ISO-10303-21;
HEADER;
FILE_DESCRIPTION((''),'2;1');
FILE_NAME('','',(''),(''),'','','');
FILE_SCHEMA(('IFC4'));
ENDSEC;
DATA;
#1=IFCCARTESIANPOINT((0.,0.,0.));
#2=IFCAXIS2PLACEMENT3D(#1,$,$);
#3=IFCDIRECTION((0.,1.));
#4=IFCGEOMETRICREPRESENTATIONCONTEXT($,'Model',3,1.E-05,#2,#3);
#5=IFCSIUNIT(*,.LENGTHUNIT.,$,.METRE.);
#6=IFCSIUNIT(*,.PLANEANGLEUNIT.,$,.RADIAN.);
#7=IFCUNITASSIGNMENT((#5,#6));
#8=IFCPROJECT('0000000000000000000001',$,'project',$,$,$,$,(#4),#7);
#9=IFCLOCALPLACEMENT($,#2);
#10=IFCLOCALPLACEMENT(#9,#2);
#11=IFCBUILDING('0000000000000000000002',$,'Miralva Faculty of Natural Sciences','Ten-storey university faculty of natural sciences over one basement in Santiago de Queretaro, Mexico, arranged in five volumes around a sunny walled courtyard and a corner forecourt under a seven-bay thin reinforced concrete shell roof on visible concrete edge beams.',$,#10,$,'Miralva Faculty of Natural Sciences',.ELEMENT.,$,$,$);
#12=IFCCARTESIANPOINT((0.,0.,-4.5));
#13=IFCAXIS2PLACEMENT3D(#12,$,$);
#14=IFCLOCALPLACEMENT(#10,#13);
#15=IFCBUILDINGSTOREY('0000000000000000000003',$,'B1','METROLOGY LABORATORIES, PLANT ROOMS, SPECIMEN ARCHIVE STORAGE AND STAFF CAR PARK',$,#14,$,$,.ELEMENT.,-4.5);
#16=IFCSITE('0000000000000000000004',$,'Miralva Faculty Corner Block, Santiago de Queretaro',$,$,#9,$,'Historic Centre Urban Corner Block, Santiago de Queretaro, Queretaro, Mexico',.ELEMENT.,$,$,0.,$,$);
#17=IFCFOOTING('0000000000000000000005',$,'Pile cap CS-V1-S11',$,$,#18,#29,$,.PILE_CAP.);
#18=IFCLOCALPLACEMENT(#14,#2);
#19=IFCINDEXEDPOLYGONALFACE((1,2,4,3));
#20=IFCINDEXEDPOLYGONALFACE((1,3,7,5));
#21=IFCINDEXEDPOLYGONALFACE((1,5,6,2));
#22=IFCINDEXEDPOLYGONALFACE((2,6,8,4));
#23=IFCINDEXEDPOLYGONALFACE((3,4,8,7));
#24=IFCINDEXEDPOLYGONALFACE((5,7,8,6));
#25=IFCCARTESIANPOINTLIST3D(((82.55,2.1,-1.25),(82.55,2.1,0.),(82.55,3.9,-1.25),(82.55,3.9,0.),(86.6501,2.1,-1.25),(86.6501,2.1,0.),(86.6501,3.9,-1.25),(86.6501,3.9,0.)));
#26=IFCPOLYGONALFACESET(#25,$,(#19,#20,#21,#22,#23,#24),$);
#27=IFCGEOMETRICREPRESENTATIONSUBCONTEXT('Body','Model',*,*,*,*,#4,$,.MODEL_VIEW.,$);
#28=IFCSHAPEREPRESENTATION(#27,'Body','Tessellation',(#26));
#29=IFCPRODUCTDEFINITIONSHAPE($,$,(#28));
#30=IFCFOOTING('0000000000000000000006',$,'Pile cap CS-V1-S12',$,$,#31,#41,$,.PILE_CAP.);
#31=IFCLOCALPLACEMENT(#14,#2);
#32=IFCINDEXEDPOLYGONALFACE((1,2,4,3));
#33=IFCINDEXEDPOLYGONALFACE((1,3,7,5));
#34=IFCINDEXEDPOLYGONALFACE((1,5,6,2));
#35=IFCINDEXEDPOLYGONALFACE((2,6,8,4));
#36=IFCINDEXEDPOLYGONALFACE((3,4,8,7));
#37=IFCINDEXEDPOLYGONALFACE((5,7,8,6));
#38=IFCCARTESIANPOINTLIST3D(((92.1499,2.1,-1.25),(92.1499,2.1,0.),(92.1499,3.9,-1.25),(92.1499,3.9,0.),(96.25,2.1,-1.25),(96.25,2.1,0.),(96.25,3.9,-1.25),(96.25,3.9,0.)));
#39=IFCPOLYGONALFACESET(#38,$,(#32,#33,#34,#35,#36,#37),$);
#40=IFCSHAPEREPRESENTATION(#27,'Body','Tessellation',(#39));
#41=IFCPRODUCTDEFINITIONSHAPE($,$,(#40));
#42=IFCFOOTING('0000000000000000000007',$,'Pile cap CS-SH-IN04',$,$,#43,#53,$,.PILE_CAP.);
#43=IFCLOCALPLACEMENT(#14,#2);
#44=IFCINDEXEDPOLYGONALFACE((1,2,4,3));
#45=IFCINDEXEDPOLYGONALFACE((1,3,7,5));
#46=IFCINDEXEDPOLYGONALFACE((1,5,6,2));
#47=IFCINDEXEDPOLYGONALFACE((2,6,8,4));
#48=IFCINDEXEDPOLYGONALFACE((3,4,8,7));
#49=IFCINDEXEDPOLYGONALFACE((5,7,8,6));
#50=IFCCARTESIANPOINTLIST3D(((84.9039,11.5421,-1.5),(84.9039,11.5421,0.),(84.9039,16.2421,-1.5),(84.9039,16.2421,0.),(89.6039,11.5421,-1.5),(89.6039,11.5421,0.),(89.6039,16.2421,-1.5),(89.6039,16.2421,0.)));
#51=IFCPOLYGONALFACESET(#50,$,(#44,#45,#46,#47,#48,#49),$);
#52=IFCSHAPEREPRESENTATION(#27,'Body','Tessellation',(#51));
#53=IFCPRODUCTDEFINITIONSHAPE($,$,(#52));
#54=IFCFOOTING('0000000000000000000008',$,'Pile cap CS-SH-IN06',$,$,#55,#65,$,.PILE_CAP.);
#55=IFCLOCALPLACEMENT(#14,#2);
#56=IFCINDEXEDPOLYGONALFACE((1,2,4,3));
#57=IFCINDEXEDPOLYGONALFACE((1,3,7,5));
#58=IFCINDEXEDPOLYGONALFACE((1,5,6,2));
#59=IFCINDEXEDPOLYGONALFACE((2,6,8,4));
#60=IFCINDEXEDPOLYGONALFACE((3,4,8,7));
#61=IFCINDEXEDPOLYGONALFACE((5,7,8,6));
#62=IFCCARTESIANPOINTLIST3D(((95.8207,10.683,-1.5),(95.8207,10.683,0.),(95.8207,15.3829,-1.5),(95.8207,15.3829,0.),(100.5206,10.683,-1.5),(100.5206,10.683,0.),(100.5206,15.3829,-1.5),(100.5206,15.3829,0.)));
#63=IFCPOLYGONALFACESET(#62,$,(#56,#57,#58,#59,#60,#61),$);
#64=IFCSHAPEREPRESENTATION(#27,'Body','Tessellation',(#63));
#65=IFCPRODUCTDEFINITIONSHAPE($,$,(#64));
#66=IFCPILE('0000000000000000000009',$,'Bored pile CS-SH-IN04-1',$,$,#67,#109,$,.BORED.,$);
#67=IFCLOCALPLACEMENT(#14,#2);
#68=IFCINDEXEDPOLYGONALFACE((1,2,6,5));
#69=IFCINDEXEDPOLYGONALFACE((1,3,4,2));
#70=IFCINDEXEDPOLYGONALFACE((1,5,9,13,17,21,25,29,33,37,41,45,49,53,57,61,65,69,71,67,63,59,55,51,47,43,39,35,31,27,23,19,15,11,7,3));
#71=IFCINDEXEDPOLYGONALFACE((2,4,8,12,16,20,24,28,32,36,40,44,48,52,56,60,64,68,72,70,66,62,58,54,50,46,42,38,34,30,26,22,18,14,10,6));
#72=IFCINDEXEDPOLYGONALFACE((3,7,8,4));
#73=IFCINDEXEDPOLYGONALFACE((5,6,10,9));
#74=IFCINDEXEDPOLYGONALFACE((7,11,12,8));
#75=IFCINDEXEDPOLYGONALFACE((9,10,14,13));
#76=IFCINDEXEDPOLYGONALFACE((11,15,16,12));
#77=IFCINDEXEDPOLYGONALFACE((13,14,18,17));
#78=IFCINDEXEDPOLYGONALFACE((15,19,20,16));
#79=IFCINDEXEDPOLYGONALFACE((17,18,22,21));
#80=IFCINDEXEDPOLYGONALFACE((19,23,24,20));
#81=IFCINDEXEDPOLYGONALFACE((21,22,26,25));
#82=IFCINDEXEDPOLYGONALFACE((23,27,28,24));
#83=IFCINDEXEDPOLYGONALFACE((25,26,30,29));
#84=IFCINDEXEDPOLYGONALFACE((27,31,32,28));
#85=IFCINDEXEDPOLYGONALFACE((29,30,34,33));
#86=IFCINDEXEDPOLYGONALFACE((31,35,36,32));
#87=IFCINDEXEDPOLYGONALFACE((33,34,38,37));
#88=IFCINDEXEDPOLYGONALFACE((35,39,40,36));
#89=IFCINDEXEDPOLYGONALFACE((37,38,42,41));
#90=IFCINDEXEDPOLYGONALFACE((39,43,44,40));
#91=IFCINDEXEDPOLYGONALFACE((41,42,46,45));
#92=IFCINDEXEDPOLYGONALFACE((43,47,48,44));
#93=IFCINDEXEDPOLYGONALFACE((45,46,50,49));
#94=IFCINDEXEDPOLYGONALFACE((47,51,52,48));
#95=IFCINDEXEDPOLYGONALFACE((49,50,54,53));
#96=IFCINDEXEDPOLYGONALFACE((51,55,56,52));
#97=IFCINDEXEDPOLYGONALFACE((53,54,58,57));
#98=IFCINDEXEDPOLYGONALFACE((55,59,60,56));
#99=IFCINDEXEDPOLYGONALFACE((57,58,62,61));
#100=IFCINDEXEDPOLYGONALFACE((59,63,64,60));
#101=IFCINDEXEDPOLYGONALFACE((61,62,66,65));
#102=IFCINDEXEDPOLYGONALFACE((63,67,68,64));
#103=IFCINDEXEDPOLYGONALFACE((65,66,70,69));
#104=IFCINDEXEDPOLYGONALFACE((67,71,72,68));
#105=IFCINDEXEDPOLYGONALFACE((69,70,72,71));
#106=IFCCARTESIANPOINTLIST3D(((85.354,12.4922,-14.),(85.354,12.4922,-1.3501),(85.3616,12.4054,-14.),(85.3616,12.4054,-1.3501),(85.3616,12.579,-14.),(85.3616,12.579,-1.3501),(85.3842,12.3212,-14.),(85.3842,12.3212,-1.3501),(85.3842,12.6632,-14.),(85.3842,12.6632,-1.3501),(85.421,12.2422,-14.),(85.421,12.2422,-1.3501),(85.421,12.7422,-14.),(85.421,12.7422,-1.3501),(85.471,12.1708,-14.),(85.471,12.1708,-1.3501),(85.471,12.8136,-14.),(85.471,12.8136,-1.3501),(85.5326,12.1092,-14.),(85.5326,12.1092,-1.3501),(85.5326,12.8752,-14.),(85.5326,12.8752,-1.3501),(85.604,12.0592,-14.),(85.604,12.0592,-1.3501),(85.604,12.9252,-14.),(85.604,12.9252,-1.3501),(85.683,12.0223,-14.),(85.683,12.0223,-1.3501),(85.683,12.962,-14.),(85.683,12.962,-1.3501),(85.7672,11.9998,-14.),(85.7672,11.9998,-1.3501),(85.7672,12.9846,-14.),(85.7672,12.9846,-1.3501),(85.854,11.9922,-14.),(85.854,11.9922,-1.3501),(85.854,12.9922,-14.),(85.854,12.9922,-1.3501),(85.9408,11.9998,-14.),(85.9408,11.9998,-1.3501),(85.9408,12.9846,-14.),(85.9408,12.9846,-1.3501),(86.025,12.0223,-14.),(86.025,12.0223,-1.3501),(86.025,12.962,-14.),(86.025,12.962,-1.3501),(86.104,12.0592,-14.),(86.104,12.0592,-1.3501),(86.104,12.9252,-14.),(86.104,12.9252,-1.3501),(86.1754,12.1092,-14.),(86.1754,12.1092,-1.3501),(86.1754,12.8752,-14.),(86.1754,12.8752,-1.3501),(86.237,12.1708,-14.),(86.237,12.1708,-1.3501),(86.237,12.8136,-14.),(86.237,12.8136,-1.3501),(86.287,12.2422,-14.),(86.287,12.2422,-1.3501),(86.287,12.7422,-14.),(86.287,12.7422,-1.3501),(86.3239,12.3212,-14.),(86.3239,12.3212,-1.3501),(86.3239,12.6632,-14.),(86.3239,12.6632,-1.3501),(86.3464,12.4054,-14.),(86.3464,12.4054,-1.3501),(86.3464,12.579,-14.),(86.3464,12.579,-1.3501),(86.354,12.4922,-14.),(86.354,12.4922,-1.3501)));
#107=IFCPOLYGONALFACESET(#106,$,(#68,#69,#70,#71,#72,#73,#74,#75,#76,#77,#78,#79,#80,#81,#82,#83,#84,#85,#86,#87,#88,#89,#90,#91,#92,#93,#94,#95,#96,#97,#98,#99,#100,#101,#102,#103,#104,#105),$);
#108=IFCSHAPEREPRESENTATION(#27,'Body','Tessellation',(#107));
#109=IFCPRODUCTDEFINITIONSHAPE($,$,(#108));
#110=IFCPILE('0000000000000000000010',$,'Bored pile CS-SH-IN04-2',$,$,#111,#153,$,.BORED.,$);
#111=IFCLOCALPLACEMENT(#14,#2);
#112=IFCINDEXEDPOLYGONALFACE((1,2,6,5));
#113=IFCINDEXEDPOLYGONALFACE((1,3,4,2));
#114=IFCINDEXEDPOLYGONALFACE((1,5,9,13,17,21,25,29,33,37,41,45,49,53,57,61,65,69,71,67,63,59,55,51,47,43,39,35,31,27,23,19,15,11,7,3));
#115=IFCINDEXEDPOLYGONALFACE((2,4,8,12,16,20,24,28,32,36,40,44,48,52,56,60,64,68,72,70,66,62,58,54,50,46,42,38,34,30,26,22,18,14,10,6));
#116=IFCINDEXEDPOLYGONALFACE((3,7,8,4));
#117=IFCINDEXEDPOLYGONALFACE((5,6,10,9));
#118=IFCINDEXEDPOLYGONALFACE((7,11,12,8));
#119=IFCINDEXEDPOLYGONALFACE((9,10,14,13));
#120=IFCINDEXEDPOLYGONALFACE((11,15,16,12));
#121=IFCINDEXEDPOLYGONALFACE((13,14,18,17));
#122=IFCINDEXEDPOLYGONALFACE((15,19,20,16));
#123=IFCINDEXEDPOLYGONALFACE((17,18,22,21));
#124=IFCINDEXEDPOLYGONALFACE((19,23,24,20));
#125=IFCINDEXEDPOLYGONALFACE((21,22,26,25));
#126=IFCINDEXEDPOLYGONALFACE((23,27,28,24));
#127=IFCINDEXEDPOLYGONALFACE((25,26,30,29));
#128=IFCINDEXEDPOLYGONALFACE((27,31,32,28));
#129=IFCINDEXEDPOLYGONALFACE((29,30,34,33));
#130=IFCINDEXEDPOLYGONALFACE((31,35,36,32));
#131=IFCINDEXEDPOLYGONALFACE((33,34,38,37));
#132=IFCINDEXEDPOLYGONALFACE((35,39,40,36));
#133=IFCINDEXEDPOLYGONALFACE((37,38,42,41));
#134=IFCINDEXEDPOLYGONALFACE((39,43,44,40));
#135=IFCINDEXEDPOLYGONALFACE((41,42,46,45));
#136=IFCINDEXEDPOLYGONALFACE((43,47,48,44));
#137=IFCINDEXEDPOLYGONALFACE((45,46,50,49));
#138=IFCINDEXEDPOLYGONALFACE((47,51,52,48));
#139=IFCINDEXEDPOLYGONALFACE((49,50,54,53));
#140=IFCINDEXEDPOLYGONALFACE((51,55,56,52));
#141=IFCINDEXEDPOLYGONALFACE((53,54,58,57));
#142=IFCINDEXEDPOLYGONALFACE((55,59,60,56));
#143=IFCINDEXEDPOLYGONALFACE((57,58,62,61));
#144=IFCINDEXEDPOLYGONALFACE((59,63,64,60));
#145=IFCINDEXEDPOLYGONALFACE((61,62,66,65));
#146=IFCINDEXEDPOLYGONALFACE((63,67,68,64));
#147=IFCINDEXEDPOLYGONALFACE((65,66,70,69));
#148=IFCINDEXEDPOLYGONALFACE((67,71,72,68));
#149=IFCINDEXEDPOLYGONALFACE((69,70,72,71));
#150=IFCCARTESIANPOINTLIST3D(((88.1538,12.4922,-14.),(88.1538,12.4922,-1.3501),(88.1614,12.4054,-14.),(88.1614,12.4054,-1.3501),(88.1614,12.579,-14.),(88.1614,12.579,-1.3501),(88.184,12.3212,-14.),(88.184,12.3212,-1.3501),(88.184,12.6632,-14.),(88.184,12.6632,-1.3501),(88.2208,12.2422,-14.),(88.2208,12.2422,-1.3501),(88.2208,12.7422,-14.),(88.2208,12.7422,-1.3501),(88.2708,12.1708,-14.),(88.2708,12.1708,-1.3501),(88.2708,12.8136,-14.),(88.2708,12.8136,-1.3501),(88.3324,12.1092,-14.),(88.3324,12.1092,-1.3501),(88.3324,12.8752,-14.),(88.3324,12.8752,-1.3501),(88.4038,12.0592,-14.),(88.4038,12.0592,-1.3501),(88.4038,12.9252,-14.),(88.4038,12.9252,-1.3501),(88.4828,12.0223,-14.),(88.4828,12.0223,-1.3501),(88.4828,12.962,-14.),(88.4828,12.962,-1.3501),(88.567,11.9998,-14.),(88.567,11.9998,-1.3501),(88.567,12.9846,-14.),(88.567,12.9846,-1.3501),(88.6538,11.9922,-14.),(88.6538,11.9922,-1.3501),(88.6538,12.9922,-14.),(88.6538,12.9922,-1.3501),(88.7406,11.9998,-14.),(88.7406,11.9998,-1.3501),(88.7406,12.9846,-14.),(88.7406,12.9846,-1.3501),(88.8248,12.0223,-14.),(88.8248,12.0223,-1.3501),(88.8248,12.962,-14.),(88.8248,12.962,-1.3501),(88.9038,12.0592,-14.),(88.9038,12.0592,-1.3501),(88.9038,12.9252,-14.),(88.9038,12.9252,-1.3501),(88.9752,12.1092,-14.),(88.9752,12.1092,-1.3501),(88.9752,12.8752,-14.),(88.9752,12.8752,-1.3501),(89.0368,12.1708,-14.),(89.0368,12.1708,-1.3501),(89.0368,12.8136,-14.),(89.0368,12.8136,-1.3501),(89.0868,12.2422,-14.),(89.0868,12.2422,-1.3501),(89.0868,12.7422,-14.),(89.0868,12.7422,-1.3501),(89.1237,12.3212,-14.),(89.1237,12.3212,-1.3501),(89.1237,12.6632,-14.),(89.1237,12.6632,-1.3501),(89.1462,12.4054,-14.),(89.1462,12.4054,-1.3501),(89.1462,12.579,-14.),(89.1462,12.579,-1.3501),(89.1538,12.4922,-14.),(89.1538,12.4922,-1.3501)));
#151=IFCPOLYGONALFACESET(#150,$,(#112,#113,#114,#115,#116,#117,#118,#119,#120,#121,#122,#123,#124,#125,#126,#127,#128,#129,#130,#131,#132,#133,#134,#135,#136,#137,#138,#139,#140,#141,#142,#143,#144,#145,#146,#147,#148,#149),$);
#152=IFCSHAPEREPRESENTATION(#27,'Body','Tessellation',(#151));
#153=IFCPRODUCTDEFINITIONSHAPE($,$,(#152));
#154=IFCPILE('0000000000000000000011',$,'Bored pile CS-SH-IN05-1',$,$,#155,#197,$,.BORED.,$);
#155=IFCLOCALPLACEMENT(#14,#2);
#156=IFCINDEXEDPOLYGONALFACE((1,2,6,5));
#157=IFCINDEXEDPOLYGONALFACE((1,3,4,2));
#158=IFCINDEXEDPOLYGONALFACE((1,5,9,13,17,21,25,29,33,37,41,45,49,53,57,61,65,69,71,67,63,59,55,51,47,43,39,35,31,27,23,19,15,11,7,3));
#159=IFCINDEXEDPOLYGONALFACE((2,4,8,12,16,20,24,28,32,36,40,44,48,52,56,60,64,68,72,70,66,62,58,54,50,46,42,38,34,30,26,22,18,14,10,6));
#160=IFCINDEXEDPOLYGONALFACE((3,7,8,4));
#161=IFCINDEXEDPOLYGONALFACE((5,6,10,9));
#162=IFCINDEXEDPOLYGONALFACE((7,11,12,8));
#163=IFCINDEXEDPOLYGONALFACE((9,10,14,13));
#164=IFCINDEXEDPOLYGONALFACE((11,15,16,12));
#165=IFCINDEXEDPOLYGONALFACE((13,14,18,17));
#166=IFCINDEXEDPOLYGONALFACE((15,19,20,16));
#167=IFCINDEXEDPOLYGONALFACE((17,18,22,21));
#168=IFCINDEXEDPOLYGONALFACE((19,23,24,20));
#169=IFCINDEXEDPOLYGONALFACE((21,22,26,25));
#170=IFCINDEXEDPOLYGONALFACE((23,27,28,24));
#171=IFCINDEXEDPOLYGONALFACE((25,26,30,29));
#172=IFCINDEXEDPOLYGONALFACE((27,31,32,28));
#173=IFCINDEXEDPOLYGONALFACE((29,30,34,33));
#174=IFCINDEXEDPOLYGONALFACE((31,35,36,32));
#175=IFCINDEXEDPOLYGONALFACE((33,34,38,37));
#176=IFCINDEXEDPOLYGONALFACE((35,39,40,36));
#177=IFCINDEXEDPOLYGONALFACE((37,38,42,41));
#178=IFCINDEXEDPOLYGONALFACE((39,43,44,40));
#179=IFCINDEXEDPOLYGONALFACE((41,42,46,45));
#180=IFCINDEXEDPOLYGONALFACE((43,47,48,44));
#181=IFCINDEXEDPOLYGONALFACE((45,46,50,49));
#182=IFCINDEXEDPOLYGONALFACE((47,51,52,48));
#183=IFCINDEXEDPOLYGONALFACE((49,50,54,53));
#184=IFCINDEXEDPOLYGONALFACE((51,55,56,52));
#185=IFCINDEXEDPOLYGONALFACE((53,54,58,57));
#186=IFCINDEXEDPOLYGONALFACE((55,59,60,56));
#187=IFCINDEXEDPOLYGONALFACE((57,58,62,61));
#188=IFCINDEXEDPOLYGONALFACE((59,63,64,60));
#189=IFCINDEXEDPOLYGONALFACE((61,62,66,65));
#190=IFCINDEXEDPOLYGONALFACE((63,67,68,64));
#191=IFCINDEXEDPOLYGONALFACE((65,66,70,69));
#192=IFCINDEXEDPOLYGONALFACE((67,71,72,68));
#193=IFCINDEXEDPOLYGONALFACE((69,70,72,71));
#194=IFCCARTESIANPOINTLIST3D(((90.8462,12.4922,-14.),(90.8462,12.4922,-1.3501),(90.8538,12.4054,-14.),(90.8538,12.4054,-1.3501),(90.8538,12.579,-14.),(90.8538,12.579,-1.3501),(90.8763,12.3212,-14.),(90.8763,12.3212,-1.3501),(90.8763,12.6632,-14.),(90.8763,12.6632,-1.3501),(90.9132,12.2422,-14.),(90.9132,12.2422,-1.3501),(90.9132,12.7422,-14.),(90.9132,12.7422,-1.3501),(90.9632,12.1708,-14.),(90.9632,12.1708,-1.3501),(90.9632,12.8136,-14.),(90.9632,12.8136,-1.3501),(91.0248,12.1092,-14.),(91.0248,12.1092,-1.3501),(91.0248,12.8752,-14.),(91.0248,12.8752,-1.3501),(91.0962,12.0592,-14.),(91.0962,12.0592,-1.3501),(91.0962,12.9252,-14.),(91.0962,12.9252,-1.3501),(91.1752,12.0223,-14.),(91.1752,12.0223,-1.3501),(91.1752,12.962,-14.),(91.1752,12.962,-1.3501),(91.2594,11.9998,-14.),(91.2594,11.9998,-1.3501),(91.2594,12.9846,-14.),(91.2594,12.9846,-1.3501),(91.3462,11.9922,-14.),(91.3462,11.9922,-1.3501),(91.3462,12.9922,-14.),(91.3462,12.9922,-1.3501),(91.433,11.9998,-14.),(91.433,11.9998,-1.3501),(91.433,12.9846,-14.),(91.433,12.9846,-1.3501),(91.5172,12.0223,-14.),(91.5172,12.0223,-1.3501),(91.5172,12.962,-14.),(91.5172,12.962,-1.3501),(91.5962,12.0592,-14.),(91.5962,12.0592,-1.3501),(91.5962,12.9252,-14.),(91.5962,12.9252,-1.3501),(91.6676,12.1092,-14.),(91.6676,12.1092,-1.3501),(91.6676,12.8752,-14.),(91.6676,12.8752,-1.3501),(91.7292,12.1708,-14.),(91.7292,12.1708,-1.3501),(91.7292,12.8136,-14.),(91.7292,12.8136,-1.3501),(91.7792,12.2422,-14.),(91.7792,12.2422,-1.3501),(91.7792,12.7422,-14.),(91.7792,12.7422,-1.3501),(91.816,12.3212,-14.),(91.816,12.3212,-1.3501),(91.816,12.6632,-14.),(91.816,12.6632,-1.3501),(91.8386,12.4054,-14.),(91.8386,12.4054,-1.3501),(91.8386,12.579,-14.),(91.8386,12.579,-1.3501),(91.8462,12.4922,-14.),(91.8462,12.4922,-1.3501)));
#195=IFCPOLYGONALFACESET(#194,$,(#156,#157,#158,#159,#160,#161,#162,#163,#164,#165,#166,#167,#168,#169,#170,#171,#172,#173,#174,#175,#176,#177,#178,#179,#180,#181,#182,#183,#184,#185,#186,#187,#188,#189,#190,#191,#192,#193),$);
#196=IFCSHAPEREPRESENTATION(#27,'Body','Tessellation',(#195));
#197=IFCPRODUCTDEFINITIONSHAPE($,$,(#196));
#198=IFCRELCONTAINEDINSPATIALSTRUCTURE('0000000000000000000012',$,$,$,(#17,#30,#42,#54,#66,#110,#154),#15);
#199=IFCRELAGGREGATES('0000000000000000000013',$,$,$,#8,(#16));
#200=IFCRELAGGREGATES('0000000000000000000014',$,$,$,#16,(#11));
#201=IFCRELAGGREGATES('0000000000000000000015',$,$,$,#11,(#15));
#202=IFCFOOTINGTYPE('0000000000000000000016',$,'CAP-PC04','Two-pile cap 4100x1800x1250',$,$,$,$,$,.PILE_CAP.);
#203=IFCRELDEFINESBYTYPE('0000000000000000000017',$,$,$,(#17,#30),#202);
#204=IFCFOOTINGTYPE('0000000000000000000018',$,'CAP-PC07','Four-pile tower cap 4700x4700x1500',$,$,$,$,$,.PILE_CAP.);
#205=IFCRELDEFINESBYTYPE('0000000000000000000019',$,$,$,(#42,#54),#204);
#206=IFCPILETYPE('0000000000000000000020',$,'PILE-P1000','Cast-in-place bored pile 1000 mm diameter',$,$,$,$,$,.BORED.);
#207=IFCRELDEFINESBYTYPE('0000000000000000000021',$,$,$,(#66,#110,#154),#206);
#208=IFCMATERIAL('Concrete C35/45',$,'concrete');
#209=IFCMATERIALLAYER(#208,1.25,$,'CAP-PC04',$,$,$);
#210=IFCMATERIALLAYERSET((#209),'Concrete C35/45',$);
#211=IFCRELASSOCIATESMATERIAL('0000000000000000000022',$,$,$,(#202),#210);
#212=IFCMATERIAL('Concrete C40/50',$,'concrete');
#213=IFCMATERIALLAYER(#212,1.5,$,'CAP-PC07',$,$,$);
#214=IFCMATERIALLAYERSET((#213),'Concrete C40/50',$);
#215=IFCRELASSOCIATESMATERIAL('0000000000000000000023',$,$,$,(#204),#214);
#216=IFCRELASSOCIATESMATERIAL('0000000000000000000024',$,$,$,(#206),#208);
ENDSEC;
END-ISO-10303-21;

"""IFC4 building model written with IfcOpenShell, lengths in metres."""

from ifc_helpers import new_model, si_unit, direction, frame, origin, origin_2d, place, context, subcontext, project, spatial, rectangle, circle, extrude, material, layer, layer_set, material_profile, profile_set, type_object, element, save


model = new_model("IFC4")

# Units and contexts
model_context = context("Model", 3, precision=1e-05, world=origin(), true_north=direction((0.0, 1.0)))
body_context = subcontext(model_context, "Body", "Model", "MODEL_VIEW")
ifc_project = project(units=[si_unit("LENGTHUNIT", "METRE"), si_unit("PLANEANGLEUNIT", "RADIAN")], contexts=[model_context])

# Site, building, storey
site_placement = place(None, origin())
site = spatial("IfcSite", under=ifc_project, at=site_placement, Name="Miralva Faculty Corner Block, Santiago de Queretaro", LongName="Historic Centre Urban Corner Block, Santiago de Queretaro, Queretaro, Mexico", CompositionType="ELEMENT", RefElevation=0.0)
building_placement = place(site_placement, origin())
building = spatial("IfcBuilding", under=site, at=building_placement, Name="Miralva Faculty of Natural Sciences", Description="Ten-storey university faculty of natural sciences over one basement in Santiago de Queretaro, Mexico, arranged in five volumes around a sunny walled courtyard and a corner forecourt under a seven-bay thin reinforced concrete shell roof on visible concrete edge beams.", LongName="Miralva Faculty of Natural Sciences", CompositionType="ELEMENT")
storey_placement = place(building_placement, frame((0.0, 0.0, -4.5)))
storey = spatial("IfcBuildingStorey", under=building, at=storey_placement, Name="B1", Description="METROLOGY LABORATORIES, PLANT ROOMS, SPECIMEN ARCHIVE STORAGE AND STAFF CAR PARK", CompositionType="ELEMENT", Elevation=-4.5)

# Footings
ifc_material_1 = material(Name="Concrete C35/45", Category="concrete")
ifc_layer_1 = layer(ifc_material_1, 1.25, Name="CAP-PC04")
ifc_layer_set_1 = layer_set([ifc_layer_1], Name="Concrete C35/45")
footing_type_1 = type_object("IfcFootingType", Name="CAP-PC04", Description="Two-pile cap 4100x1800x1250", PredefinedType="PILE_CAP", material=ifc_layer_set_1)
for number, where, z_axis, x_axis, name in (
    (1, (84.6001, 3.0, -1.25), (0.0, 0.0, 1.0), (1.0, 0.0, 0.0), "Pile cap CS-V1-S11"),
    (2, (94.2, 3.0, -1.25), (0.0, 0.0, 1.0), (1.0, 0.0, 0.0), "Pile cap CS-V1-S12"),
):
    element("IfcFooting", number, at=place(storey_placement, frame(where, z_axis=z_axis, x_axis=x_axis)), inside=storey, type_object=footing_type_1, Name=name, PredefinedType="PILE_CAP", context=body_context, shape_type="SweptSolid", body=[
        extrude(rectangle(XDim=4.1001, YDim=1.8, at=origin_2d()), origin(), (0.0, 0.0, 1.0), 1.25),
    ])
ifc_material_2 = material(Name="Concrete C40/50", Category="concrete")
ifc_layer_2 = layer(ifc_material_2, 1.5, Name="CAP-PC07")
ifc_layer_set_2 = layer_set([ifc_layer_2], Name="Concrete C40/50")
footing_type_2 = type_object("IfcFootingType", Name="CAP-PC07", Description="Four-pile tower cap 4700x4700x1500", PredefinedType="PILE_CAP", material=ifc_layer_set_2)
for number, where, z_axis, x_axis, name in (
    (3, (87.2539, 13.8921, -1.5), (0.0, 0.0, 1.0), (1.0, 0.0, 0.0), "Pile cap CS-SH-IN04"),
    (4, (98.1707, 13.033, -1.5), (0.0, 0.0, 1.0), (1.0, 0.0, 0.0), "Pile cap CS-SH-IN06"),
):
    element("IfcFooting", number, at=place(storey_placement, frame(where, z_axis=z_axis, x_axis=x_axis)), inside=storey, type_object=footing_type_2, Name=name, PredefinedType="PILE_CAP", context=body_context, shape_type="SweptSolid", body=[
        extrude(rectangle(XDim=4.7, YDim=4.7, at=origin_2d()), origin(), (0.0, 0.0, 1.0), 1.5),
    ])

# Piles
ifc_material_profile_1 = material_profile(ifc_material_1, circle(Radius=0.5, at=origin_2d()), Name="BORED PILE 1000")
ifc_profile_set_1 = profile_set([ifc_material_profile_1], Name="Concrete C35/45")
pile_type = type_object("IfcPileType", Name="PILE-P1000", Description="Cast-in-place bored pile 1000 mm diameter", PredefinedType="BORED", material=ifc_profile_set_1)
for number, where, z_axis, x_axis, name in (
    (5, (85.854, 12.4922, -1.3501), (0.0, 0.0, -1.0), (1.0, 0.0, 0.0), "Bored pile CS-SH-IN04-1"),
    (6, (88.6538, 12.4922, -1.3501), (0.0, 0.0, -1.0), (1.0, 0.0, 0.0), "Bored pile CS-SH-IN04-2"),
    (7, (91.3462, 12.4922, -1.3501), (0.0, 0.0, -1.0), (1.0, 0.0, 0.0), "Bored pile CS-SH-IN05-1"),
):
    element("IfcPile", number, at=place(storey_placement, frame(where, z_axis=z_axis, x_axis=x_axis)), inside=storey, type_object=pile_type, Name=name, PredefinedType="BORED", context=body_context, shape_type="SweptSolid", body=[
        extrude(circle(Radius=0.5, at=origin_2d()), origin(), (0.0, 0.0, 1.0), 12.6499),
    ])

save(model, "model.ifc")
